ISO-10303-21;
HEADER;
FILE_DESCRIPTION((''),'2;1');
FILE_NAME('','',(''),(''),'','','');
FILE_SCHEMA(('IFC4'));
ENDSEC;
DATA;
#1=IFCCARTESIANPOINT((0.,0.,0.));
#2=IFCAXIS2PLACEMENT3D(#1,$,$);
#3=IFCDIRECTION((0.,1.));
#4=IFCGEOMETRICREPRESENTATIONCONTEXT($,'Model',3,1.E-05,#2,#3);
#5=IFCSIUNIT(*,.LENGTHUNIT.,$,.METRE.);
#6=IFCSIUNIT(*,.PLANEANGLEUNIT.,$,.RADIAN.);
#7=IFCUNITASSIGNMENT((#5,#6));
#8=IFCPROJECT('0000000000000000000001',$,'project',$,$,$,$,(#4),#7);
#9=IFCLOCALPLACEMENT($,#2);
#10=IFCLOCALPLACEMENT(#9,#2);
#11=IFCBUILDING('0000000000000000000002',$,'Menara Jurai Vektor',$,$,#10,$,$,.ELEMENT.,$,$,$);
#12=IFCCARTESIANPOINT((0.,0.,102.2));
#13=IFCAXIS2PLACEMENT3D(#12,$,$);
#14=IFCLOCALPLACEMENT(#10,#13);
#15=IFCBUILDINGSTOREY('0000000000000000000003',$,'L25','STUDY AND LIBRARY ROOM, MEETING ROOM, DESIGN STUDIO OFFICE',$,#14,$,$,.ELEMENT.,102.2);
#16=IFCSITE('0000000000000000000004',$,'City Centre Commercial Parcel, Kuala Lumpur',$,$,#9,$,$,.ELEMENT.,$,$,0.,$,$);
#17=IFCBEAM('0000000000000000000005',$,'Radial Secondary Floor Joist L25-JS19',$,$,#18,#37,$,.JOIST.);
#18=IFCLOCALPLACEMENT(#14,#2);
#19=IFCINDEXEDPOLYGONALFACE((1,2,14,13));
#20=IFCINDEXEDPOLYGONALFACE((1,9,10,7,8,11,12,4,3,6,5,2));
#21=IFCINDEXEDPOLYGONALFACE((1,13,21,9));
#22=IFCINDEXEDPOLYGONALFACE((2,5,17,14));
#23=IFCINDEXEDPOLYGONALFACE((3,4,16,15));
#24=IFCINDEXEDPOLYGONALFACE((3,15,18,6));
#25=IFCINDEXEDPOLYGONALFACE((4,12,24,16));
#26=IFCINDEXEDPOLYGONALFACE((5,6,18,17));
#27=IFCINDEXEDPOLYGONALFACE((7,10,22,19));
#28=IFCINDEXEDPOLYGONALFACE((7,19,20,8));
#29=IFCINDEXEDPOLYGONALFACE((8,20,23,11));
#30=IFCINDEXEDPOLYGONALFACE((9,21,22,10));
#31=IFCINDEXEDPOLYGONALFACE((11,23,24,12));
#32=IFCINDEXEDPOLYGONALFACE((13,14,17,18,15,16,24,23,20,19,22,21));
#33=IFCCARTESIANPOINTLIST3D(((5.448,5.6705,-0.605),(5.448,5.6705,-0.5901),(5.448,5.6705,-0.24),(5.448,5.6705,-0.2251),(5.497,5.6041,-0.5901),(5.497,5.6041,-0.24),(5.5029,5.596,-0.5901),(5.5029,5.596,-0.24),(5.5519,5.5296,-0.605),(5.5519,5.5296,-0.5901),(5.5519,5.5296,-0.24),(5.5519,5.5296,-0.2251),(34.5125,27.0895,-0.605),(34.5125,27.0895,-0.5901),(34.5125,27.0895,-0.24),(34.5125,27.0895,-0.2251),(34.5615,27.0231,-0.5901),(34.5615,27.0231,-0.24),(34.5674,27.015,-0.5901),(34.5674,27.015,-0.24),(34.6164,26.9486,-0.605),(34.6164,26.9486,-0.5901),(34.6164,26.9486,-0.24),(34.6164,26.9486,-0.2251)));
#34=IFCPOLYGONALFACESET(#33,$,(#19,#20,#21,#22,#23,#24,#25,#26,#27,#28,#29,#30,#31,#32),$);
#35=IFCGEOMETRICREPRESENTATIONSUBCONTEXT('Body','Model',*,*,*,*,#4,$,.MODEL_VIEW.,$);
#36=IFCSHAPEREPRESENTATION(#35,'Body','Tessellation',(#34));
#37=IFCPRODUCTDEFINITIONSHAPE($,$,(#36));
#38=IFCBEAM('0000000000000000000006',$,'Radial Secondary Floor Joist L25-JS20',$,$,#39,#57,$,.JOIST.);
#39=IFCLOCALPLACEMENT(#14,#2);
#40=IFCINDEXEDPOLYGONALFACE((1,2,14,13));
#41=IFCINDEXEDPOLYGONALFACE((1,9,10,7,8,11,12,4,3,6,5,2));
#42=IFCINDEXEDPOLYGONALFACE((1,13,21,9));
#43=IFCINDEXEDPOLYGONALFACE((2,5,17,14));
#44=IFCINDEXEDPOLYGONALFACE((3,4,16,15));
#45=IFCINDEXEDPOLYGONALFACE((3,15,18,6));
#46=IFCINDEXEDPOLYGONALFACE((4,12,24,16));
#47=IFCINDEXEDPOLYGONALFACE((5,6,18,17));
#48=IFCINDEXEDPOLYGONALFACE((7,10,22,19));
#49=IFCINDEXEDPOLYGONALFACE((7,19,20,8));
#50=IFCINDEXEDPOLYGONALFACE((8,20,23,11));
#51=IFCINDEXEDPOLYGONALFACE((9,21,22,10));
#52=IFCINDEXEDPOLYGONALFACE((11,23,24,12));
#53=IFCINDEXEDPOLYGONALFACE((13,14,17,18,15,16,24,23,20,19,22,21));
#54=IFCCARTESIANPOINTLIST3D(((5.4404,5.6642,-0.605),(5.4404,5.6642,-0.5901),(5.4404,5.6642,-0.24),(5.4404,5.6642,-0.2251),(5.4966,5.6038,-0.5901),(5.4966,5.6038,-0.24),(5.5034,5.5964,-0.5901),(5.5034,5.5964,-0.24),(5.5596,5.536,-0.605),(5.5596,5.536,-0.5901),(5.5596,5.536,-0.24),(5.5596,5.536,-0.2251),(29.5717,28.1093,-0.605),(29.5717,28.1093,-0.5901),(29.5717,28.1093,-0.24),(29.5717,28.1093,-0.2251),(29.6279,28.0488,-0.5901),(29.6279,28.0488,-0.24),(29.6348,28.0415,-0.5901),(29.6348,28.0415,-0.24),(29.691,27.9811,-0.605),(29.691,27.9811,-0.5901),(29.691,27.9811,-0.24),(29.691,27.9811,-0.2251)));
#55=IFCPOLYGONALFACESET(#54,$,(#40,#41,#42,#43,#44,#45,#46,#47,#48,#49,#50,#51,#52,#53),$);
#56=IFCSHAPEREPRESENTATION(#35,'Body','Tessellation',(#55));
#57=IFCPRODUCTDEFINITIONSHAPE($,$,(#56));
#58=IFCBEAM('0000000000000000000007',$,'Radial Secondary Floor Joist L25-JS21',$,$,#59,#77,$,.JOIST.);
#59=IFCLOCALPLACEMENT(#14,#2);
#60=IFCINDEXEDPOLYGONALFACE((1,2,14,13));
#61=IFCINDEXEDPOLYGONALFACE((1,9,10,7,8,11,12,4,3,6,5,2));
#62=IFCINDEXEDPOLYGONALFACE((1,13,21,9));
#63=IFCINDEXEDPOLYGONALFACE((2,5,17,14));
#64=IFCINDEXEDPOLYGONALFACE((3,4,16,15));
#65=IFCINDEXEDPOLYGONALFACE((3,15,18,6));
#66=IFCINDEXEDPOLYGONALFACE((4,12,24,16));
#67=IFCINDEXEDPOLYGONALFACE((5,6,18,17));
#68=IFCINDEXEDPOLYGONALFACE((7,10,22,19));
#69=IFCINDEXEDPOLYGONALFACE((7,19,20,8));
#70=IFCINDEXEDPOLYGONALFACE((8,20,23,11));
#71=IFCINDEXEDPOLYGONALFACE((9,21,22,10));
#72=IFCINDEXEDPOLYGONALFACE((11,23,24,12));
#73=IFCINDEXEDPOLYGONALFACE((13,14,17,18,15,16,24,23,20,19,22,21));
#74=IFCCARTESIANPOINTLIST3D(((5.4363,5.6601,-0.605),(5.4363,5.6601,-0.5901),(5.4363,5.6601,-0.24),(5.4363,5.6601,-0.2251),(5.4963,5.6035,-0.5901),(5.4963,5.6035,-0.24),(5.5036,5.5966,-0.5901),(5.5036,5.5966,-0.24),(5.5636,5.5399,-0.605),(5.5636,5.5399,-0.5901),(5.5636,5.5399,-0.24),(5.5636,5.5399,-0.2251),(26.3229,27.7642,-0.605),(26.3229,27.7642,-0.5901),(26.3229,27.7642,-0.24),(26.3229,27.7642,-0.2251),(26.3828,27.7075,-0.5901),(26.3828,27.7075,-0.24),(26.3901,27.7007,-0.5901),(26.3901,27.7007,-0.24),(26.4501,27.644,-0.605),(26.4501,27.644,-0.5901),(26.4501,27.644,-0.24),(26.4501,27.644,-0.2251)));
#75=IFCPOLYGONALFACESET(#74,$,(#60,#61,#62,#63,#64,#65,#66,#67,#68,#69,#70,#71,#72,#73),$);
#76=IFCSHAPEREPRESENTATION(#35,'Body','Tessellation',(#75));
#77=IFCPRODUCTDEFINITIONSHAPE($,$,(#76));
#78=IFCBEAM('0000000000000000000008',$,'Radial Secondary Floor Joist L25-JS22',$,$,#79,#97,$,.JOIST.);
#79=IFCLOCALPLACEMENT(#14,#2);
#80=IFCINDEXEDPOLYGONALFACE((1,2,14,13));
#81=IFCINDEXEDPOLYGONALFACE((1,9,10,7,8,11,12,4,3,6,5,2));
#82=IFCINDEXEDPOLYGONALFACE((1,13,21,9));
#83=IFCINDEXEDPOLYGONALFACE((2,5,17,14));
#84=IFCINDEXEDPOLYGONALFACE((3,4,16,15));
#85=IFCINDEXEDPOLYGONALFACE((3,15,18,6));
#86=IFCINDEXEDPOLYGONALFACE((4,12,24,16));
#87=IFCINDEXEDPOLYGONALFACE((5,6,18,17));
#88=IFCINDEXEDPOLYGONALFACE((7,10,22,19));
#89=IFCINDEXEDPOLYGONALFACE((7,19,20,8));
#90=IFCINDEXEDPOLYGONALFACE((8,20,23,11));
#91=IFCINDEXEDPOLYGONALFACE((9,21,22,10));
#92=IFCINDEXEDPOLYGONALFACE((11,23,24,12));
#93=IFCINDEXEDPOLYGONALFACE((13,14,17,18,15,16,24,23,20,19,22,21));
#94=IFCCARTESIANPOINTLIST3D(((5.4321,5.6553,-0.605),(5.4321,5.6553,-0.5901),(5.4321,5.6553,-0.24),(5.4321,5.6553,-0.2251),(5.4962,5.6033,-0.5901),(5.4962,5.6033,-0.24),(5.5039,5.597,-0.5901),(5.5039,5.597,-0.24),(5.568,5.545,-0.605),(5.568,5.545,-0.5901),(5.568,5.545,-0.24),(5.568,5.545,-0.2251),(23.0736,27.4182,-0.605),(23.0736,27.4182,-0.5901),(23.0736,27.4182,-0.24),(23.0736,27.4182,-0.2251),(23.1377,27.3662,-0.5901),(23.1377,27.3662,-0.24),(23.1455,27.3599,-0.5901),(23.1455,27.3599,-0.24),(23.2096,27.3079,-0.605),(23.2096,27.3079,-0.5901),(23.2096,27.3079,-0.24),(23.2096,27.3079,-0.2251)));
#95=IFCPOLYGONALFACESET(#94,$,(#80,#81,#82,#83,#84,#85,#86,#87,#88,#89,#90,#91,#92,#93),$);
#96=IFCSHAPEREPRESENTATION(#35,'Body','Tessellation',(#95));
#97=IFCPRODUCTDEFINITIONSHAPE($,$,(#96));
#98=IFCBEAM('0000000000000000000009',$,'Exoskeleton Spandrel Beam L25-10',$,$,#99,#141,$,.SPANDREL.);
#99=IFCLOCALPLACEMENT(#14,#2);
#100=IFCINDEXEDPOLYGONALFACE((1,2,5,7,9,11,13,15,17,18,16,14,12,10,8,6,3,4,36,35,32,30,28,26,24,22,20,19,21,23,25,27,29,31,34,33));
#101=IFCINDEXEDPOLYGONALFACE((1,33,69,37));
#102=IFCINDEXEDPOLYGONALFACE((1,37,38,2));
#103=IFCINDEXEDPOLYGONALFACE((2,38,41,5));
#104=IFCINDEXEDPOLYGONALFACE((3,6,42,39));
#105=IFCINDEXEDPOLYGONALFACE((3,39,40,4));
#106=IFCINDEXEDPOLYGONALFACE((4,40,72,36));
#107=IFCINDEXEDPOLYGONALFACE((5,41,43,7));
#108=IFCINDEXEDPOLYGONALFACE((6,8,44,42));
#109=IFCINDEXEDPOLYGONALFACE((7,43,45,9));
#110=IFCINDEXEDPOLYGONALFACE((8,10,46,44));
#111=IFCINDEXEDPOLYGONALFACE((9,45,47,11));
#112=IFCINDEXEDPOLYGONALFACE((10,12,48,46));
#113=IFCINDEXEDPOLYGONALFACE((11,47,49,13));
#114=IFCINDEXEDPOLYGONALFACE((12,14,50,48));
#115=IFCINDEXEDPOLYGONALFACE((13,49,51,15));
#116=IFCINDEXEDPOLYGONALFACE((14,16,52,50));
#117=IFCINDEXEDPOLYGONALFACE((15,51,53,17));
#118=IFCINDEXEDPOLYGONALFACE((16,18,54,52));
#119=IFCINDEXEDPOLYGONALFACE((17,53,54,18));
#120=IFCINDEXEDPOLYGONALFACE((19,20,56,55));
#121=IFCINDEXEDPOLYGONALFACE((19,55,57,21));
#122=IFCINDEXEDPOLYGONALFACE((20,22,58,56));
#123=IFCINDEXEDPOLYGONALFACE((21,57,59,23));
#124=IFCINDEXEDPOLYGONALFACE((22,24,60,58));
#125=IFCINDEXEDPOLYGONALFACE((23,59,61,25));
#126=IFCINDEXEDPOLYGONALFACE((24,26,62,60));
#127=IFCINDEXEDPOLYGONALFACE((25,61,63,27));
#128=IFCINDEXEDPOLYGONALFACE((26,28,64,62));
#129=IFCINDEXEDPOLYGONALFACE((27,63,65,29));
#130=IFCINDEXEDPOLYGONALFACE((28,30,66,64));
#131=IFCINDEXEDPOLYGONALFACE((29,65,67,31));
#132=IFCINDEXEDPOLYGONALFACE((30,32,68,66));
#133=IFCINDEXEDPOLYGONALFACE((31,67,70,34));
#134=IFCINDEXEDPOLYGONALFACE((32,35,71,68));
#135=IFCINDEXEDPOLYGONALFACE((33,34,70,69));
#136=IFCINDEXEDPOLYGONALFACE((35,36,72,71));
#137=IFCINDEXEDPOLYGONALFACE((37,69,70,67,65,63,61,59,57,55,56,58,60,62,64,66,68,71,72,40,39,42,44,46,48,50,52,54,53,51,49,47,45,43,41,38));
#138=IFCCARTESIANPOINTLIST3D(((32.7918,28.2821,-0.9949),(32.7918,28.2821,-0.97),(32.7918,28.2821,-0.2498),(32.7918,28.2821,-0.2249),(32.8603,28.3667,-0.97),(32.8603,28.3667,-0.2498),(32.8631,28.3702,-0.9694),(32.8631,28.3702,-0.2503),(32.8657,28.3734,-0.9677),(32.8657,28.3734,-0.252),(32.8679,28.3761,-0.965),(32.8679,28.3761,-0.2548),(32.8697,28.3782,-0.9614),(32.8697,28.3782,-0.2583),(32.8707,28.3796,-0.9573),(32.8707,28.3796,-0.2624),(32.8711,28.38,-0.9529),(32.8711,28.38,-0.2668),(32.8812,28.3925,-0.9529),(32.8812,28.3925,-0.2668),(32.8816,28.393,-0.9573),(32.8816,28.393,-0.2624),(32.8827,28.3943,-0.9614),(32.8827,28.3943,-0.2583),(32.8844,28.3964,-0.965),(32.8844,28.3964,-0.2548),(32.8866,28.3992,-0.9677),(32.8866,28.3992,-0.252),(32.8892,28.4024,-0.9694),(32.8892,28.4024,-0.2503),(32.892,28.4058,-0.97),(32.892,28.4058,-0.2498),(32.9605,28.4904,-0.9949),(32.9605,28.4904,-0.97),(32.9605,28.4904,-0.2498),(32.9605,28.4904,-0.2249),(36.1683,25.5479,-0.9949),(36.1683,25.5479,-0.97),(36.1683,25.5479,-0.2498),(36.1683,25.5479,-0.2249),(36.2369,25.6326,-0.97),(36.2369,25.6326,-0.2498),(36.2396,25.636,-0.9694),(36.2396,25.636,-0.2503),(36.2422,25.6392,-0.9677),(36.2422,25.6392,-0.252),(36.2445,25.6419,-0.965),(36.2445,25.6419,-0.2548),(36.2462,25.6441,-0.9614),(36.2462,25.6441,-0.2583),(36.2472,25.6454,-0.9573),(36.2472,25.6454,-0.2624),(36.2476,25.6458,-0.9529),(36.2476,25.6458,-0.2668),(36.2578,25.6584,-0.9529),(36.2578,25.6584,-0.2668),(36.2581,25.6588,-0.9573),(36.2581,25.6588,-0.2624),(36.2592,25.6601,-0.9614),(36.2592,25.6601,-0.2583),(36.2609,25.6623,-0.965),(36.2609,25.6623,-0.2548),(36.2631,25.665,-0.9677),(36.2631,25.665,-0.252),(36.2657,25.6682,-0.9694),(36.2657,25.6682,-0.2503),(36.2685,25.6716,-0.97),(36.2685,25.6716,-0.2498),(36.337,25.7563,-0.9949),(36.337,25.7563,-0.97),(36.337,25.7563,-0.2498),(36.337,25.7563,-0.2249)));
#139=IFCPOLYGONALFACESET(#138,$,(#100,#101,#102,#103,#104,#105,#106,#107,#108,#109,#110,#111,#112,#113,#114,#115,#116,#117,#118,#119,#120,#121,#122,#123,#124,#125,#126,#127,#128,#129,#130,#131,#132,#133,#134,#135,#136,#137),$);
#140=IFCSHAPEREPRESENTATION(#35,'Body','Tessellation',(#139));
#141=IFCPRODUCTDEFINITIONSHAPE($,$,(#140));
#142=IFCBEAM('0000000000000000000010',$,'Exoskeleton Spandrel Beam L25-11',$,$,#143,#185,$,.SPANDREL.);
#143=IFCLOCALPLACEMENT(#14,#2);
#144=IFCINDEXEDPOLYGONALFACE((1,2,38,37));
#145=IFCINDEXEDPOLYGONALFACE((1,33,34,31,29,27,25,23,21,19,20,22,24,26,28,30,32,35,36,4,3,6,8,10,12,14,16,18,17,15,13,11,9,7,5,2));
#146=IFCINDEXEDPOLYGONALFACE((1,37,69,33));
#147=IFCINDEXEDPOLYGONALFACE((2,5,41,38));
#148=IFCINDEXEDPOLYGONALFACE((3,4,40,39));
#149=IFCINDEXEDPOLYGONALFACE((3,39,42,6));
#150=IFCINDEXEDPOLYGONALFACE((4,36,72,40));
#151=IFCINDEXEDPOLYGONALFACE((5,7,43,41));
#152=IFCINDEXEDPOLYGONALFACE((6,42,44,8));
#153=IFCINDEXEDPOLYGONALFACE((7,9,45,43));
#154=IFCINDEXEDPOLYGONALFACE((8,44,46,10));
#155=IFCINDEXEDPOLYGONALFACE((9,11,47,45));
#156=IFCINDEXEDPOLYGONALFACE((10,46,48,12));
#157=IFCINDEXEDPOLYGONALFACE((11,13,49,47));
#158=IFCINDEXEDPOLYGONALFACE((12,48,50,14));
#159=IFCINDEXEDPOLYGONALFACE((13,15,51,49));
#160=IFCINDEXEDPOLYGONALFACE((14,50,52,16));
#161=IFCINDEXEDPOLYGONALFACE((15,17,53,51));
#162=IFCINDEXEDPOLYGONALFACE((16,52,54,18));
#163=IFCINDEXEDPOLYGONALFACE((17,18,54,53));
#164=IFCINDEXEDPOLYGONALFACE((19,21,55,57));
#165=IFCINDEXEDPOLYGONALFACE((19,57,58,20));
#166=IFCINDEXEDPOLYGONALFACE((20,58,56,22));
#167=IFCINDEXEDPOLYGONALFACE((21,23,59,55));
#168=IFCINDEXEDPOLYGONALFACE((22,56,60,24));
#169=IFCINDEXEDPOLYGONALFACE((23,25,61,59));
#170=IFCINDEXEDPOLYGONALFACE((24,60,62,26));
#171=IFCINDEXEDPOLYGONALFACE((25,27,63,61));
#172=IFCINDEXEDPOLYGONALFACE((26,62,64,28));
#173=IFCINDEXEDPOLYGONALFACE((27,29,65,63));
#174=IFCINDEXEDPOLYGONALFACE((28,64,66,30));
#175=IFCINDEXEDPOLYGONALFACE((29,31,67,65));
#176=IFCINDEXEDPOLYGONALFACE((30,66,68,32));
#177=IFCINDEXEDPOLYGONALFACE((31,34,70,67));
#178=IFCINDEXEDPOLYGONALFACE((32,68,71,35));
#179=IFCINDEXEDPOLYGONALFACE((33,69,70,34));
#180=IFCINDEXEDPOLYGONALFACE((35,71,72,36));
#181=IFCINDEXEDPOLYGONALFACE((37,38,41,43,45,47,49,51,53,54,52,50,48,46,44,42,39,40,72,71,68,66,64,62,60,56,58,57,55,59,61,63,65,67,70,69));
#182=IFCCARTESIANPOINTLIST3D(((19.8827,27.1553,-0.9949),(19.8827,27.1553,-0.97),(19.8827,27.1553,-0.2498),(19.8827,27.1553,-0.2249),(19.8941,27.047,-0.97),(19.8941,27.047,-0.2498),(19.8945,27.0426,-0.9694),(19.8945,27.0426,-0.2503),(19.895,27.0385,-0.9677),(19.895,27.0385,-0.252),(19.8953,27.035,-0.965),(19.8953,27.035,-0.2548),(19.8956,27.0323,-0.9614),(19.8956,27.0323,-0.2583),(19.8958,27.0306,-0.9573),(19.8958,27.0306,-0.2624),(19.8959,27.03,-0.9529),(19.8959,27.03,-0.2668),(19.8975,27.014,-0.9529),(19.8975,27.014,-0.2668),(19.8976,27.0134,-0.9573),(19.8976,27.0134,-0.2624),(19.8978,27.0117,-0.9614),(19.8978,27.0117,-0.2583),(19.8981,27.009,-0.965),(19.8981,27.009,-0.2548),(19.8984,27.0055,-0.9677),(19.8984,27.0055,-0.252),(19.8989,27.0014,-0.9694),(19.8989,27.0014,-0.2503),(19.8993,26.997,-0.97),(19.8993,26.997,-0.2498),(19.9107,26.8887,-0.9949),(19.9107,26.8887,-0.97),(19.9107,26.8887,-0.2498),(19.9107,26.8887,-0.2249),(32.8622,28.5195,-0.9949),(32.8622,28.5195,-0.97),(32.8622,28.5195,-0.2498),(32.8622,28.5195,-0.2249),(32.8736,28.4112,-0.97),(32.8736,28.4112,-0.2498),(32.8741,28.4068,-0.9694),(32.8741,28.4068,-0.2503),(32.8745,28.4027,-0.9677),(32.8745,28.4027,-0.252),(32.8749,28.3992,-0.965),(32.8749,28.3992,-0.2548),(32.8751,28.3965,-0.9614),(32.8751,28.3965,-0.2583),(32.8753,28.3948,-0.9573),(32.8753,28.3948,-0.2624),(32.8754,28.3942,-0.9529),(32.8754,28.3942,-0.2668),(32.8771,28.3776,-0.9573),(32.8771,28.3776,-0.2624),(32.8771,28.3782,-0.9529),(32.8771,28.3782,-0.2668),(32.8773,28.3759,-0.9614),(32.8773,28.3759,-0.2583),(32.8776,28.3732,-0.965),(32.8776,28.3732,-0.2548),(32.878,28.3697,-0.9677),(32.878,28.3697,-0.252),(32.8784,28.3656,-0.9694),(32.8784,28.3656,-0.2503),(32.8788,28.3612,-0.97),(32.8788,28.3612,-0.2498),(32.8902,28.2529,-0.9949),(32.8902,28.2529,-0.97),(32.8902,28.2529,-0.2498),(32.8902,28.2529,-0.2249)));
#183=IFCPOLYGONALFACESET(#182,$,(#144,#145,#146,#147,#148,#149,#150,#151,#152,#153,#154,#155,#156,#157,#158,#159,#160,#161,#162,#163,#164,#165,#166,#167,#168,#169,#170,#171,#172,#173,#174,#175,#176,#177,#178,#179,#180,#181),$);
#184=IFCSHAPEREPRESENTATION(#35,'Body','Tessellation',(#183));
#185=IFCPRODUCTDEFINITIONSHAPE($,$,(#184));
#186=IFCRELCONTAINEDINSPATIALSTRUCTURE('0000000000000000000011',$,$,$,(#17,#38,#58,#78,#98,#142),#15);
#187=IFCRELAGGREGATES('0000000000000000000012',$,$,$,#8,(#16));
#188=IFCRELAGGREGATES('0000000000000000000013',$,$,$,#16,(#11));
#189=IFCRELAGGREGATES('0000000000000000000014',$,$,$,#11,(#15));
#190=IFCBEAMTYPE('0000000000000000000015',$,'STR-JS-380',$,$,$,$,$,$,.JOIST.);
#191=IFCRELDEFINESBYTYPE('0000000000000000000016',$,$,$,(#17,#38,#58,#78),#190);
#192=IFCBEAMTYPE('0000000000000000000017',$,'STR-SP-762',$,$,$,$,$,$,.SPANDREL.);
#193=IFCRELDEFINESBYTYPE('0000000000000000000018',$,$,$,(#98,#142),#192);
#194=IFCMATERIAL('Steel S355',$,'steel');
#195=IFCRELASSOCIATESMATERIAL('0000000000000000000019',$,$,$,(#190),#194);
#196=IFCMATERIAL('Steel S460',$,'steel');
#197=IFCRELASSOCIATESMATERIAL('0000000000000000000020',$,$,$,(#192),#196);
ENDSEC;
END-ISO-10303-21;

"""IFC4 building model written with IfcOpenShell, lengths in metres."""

from ifc_helpers import new_model, si_unit, direction, frame, origin, origin_2d, place, context, subcontext, project, spatial, i_section, extrude, material, material_profile, profile_set, type_object, element, save


model = new_model("IFC4")

# Units and contexts
model_context = context("Model", 3, precision=1e-05, world=origin(), true_north=direction((0.0, 1.0)))
body_context = subcontext(model_context, "Body", "Model", "MODEL_VIEW")
ifc_project = project(units=[si_unit("LENGTHUNIT", "METRE"), si_unit("PLANEANGLEUNIT", "RADIAN")], contexts=[model_context])

# Site, building, storey
site_placement = place(None, origin())
site = spatial("IfcSite", under=ifc_project, at=site_placement, Name="City Centre Commercial Parcel, Kuala Lumpur", CompositionType="ELEMENT", RefElevation=0.0)
building_placement = place(site_placement, origin())
building = spatial("IfcBuilding", under=site, at=building_placement, Name="Menara Jurai Vektor", CompositionType="ELEMENT")
storey_placement = place(building_placement, frame((0.0, 0.0, 102.2)))
storey = spatial("IfcBuildingStorey", under=building, at=storey_placement, Name="L25", Description="STUDY AND LIBRARY ROOM, MEETING ROOM, DESIGN STUDIO OFFICE", CompositionType="ELEMENT", Elevation=102.2)

# Shared definitions
ifc_material_1 = material(Name="Steel S460", Category="steel")

# Shared definitions
ifc_material_2 = material(Name="Steel S355", Category="steel")

# Beams
ifc_material_profile_1 = material_profile(ifc_material_2, i_section(OverallWidth=0.175, OverallDepth=0.3799, WebThickness=0.01, FlangeThickness=0.0149, at=origin_2d()), Name="PG 380x175x58")
ifc_profile_set_1 = profile_set([ifc_material_profile_1], Name="Steel S355")
beam_type_1 = type_object("IfcBeamType", Name="STR-JS-380", PredefinedType="JOIST", material=ifc_profile_set_1)
beam_1_placement = place(storey_placement, frame((34.5645, 27.019, -0.415), z_axis=(-0.805016, -0.593253, 0.0), x_axis=(0.593253, -0.805016, 0.0)))
element("IfcBeam", 1, at=beam_1_placement, inside=storey, type_object=beam_type_1, Name="Radial Secondary Floor Joist L25-JS19", PredefinedType="JOIST", context=body_context, shape_type="SweptSolid", body=[
    extrude(i_section(OverallWidth=0.175, OverallDepth=0.3799, WebThickness=0.01, FlangeThickness=0.0149, at=origin_2d()), origin(), (0.0, 0.0, 1.0), 36.1042),
])
beam_2_placement = place(storey_placement, frame((29.6313, 28.0452, -0.415), z_axis=(-0.732228, -0.68106, 0.0), x_axis=(0.68106, -0.732228, 0.0)))
element("IfcBeam", 2, at=beam_2_placement, inside=storey, type_object=beam_type_1, Name="Radial Secondary Floor Joist L25-JS20", PredefinedType="JOIST", context=body_context, shape_type="SweptSolid", body=[
    extrude(i_section(OverallWidth=0.175, OverallDepth=0.3799, WebThickness=0.01, FlangeThickness=0.0149, at=origin_2d()), origin(), (0.0, 0.0, 1.0), 32.9561),
])
beam_3_placement = place(storey_placement, frame((26.3865, 27.7041, -0.415), z_axis=(-0.686805, -0.726841, 0.0), x_axis=(0.726841, -0.686805, 0.0)))
element("IfcBeam", 3, at=beam_3_placement, inside=storey, type_object=beam_type_1, Name="Radial Secondary Floor Joist L25-JS21", PredefinedType="JOIST", context=body_context, shape_type="SweptSolid", body=[
    extrude(i_section(OverallWidth=0.175, OverallDepth=0.3799, WebThickness=0.01, FlangeThickness=0.0149, at=origin_2d()), origin(), (0.0, 0.0, 1.0), 30.4111),
])
beam_4_placement = place(storey_placement, frame((23.1416, 27.363, -0.415), z_axis=(-0.629715, -0.776826, 0.0), x_axis=(0.776826, -0.629715, 0.0)))
element("IfcBeam", 4, at=beam_4_placement, inside=storey, type_object=beam_type_1, Name="Radial Secondary Floor Joist L25-JS22", PredefinedType="JOIST", context=body_context, shape_type="SweptSolid", body=[
    extrude(i_section(OverallWidth=0.175, OverallDepth=0.3799, WebThickness=0.01, FlangeThickness=0.0149, at=origin_2d()), origin(), (0.0, 0.0, 1.0), 28.0151),
])
ifc_material_profile_2 = material_profile(ifc_material_1, i_section(OverallWidth=0.2681, OverallDepth=0.77, WebThickness=0.0161, FlangeThickness=0.0249, FilletRadius=0.0171, at=origin_2d()), Name="UKB 762x267x197")
ifc_profile_set_2 = profile_set([ifc_material_profile_2], Name="Steel S460")
beam_type_2 = type_object("IfcBeamType", Name="STR-SP-762", PredefinedType="SPANDREL", material=ifc_profile_set_2)
beam_5_placement = place(storey_placement, frame((36.2527, 25.6521, -0.6099), z_axis=(-0.777155, 0.62931, 0.0), x_axis=(-0.62931, -0.777155, 0.0)))
element("IfcBeam", 5, at=beam_5_placement, inside=storey, type_object=beam_type_2, Name="Exoskeleton Spandrel Beam L25-10", PredefinedType="SPANDREL", context=body_context, shape_type="SweptSolid", body=[
    extrude(i_section(OverallWidth=0.2681, OverallDepth=0.77, WebThickness=0.0161, FlangeThickness=0.0249, FilletRadius=0.0171, at=origin_2d()), origin(), (0.0, 0.0, 1.0), 4.3447),
])
beam_6_placement = place(storey_placement, frame((32.8762, 28.3862, -0.6099), z_axis=(-0.994521, -0.104533, 0.0), x_axis=(0.104533, -0.994521, 0.0)))
element("IfcBeam", 6, at=beam_6_placement, inside=storey, type_object=beam_type_2, Name="Exoskeleton Spandrel Beam L25-11", PredefinedType="SPANDREL", context=body_context, shape_type="SweptSolid", body=[
    extrude(i_section(OverallWidth=0.2681, OverallDepth=0.77, WebThickness=0.0161, FlangeThickness=0.0249, FilletRadius=0.0171, at=origin_2d()), origin(), (0.0, 0.0, 1.0), 13.051),
])

save(model, "model.ifc")
